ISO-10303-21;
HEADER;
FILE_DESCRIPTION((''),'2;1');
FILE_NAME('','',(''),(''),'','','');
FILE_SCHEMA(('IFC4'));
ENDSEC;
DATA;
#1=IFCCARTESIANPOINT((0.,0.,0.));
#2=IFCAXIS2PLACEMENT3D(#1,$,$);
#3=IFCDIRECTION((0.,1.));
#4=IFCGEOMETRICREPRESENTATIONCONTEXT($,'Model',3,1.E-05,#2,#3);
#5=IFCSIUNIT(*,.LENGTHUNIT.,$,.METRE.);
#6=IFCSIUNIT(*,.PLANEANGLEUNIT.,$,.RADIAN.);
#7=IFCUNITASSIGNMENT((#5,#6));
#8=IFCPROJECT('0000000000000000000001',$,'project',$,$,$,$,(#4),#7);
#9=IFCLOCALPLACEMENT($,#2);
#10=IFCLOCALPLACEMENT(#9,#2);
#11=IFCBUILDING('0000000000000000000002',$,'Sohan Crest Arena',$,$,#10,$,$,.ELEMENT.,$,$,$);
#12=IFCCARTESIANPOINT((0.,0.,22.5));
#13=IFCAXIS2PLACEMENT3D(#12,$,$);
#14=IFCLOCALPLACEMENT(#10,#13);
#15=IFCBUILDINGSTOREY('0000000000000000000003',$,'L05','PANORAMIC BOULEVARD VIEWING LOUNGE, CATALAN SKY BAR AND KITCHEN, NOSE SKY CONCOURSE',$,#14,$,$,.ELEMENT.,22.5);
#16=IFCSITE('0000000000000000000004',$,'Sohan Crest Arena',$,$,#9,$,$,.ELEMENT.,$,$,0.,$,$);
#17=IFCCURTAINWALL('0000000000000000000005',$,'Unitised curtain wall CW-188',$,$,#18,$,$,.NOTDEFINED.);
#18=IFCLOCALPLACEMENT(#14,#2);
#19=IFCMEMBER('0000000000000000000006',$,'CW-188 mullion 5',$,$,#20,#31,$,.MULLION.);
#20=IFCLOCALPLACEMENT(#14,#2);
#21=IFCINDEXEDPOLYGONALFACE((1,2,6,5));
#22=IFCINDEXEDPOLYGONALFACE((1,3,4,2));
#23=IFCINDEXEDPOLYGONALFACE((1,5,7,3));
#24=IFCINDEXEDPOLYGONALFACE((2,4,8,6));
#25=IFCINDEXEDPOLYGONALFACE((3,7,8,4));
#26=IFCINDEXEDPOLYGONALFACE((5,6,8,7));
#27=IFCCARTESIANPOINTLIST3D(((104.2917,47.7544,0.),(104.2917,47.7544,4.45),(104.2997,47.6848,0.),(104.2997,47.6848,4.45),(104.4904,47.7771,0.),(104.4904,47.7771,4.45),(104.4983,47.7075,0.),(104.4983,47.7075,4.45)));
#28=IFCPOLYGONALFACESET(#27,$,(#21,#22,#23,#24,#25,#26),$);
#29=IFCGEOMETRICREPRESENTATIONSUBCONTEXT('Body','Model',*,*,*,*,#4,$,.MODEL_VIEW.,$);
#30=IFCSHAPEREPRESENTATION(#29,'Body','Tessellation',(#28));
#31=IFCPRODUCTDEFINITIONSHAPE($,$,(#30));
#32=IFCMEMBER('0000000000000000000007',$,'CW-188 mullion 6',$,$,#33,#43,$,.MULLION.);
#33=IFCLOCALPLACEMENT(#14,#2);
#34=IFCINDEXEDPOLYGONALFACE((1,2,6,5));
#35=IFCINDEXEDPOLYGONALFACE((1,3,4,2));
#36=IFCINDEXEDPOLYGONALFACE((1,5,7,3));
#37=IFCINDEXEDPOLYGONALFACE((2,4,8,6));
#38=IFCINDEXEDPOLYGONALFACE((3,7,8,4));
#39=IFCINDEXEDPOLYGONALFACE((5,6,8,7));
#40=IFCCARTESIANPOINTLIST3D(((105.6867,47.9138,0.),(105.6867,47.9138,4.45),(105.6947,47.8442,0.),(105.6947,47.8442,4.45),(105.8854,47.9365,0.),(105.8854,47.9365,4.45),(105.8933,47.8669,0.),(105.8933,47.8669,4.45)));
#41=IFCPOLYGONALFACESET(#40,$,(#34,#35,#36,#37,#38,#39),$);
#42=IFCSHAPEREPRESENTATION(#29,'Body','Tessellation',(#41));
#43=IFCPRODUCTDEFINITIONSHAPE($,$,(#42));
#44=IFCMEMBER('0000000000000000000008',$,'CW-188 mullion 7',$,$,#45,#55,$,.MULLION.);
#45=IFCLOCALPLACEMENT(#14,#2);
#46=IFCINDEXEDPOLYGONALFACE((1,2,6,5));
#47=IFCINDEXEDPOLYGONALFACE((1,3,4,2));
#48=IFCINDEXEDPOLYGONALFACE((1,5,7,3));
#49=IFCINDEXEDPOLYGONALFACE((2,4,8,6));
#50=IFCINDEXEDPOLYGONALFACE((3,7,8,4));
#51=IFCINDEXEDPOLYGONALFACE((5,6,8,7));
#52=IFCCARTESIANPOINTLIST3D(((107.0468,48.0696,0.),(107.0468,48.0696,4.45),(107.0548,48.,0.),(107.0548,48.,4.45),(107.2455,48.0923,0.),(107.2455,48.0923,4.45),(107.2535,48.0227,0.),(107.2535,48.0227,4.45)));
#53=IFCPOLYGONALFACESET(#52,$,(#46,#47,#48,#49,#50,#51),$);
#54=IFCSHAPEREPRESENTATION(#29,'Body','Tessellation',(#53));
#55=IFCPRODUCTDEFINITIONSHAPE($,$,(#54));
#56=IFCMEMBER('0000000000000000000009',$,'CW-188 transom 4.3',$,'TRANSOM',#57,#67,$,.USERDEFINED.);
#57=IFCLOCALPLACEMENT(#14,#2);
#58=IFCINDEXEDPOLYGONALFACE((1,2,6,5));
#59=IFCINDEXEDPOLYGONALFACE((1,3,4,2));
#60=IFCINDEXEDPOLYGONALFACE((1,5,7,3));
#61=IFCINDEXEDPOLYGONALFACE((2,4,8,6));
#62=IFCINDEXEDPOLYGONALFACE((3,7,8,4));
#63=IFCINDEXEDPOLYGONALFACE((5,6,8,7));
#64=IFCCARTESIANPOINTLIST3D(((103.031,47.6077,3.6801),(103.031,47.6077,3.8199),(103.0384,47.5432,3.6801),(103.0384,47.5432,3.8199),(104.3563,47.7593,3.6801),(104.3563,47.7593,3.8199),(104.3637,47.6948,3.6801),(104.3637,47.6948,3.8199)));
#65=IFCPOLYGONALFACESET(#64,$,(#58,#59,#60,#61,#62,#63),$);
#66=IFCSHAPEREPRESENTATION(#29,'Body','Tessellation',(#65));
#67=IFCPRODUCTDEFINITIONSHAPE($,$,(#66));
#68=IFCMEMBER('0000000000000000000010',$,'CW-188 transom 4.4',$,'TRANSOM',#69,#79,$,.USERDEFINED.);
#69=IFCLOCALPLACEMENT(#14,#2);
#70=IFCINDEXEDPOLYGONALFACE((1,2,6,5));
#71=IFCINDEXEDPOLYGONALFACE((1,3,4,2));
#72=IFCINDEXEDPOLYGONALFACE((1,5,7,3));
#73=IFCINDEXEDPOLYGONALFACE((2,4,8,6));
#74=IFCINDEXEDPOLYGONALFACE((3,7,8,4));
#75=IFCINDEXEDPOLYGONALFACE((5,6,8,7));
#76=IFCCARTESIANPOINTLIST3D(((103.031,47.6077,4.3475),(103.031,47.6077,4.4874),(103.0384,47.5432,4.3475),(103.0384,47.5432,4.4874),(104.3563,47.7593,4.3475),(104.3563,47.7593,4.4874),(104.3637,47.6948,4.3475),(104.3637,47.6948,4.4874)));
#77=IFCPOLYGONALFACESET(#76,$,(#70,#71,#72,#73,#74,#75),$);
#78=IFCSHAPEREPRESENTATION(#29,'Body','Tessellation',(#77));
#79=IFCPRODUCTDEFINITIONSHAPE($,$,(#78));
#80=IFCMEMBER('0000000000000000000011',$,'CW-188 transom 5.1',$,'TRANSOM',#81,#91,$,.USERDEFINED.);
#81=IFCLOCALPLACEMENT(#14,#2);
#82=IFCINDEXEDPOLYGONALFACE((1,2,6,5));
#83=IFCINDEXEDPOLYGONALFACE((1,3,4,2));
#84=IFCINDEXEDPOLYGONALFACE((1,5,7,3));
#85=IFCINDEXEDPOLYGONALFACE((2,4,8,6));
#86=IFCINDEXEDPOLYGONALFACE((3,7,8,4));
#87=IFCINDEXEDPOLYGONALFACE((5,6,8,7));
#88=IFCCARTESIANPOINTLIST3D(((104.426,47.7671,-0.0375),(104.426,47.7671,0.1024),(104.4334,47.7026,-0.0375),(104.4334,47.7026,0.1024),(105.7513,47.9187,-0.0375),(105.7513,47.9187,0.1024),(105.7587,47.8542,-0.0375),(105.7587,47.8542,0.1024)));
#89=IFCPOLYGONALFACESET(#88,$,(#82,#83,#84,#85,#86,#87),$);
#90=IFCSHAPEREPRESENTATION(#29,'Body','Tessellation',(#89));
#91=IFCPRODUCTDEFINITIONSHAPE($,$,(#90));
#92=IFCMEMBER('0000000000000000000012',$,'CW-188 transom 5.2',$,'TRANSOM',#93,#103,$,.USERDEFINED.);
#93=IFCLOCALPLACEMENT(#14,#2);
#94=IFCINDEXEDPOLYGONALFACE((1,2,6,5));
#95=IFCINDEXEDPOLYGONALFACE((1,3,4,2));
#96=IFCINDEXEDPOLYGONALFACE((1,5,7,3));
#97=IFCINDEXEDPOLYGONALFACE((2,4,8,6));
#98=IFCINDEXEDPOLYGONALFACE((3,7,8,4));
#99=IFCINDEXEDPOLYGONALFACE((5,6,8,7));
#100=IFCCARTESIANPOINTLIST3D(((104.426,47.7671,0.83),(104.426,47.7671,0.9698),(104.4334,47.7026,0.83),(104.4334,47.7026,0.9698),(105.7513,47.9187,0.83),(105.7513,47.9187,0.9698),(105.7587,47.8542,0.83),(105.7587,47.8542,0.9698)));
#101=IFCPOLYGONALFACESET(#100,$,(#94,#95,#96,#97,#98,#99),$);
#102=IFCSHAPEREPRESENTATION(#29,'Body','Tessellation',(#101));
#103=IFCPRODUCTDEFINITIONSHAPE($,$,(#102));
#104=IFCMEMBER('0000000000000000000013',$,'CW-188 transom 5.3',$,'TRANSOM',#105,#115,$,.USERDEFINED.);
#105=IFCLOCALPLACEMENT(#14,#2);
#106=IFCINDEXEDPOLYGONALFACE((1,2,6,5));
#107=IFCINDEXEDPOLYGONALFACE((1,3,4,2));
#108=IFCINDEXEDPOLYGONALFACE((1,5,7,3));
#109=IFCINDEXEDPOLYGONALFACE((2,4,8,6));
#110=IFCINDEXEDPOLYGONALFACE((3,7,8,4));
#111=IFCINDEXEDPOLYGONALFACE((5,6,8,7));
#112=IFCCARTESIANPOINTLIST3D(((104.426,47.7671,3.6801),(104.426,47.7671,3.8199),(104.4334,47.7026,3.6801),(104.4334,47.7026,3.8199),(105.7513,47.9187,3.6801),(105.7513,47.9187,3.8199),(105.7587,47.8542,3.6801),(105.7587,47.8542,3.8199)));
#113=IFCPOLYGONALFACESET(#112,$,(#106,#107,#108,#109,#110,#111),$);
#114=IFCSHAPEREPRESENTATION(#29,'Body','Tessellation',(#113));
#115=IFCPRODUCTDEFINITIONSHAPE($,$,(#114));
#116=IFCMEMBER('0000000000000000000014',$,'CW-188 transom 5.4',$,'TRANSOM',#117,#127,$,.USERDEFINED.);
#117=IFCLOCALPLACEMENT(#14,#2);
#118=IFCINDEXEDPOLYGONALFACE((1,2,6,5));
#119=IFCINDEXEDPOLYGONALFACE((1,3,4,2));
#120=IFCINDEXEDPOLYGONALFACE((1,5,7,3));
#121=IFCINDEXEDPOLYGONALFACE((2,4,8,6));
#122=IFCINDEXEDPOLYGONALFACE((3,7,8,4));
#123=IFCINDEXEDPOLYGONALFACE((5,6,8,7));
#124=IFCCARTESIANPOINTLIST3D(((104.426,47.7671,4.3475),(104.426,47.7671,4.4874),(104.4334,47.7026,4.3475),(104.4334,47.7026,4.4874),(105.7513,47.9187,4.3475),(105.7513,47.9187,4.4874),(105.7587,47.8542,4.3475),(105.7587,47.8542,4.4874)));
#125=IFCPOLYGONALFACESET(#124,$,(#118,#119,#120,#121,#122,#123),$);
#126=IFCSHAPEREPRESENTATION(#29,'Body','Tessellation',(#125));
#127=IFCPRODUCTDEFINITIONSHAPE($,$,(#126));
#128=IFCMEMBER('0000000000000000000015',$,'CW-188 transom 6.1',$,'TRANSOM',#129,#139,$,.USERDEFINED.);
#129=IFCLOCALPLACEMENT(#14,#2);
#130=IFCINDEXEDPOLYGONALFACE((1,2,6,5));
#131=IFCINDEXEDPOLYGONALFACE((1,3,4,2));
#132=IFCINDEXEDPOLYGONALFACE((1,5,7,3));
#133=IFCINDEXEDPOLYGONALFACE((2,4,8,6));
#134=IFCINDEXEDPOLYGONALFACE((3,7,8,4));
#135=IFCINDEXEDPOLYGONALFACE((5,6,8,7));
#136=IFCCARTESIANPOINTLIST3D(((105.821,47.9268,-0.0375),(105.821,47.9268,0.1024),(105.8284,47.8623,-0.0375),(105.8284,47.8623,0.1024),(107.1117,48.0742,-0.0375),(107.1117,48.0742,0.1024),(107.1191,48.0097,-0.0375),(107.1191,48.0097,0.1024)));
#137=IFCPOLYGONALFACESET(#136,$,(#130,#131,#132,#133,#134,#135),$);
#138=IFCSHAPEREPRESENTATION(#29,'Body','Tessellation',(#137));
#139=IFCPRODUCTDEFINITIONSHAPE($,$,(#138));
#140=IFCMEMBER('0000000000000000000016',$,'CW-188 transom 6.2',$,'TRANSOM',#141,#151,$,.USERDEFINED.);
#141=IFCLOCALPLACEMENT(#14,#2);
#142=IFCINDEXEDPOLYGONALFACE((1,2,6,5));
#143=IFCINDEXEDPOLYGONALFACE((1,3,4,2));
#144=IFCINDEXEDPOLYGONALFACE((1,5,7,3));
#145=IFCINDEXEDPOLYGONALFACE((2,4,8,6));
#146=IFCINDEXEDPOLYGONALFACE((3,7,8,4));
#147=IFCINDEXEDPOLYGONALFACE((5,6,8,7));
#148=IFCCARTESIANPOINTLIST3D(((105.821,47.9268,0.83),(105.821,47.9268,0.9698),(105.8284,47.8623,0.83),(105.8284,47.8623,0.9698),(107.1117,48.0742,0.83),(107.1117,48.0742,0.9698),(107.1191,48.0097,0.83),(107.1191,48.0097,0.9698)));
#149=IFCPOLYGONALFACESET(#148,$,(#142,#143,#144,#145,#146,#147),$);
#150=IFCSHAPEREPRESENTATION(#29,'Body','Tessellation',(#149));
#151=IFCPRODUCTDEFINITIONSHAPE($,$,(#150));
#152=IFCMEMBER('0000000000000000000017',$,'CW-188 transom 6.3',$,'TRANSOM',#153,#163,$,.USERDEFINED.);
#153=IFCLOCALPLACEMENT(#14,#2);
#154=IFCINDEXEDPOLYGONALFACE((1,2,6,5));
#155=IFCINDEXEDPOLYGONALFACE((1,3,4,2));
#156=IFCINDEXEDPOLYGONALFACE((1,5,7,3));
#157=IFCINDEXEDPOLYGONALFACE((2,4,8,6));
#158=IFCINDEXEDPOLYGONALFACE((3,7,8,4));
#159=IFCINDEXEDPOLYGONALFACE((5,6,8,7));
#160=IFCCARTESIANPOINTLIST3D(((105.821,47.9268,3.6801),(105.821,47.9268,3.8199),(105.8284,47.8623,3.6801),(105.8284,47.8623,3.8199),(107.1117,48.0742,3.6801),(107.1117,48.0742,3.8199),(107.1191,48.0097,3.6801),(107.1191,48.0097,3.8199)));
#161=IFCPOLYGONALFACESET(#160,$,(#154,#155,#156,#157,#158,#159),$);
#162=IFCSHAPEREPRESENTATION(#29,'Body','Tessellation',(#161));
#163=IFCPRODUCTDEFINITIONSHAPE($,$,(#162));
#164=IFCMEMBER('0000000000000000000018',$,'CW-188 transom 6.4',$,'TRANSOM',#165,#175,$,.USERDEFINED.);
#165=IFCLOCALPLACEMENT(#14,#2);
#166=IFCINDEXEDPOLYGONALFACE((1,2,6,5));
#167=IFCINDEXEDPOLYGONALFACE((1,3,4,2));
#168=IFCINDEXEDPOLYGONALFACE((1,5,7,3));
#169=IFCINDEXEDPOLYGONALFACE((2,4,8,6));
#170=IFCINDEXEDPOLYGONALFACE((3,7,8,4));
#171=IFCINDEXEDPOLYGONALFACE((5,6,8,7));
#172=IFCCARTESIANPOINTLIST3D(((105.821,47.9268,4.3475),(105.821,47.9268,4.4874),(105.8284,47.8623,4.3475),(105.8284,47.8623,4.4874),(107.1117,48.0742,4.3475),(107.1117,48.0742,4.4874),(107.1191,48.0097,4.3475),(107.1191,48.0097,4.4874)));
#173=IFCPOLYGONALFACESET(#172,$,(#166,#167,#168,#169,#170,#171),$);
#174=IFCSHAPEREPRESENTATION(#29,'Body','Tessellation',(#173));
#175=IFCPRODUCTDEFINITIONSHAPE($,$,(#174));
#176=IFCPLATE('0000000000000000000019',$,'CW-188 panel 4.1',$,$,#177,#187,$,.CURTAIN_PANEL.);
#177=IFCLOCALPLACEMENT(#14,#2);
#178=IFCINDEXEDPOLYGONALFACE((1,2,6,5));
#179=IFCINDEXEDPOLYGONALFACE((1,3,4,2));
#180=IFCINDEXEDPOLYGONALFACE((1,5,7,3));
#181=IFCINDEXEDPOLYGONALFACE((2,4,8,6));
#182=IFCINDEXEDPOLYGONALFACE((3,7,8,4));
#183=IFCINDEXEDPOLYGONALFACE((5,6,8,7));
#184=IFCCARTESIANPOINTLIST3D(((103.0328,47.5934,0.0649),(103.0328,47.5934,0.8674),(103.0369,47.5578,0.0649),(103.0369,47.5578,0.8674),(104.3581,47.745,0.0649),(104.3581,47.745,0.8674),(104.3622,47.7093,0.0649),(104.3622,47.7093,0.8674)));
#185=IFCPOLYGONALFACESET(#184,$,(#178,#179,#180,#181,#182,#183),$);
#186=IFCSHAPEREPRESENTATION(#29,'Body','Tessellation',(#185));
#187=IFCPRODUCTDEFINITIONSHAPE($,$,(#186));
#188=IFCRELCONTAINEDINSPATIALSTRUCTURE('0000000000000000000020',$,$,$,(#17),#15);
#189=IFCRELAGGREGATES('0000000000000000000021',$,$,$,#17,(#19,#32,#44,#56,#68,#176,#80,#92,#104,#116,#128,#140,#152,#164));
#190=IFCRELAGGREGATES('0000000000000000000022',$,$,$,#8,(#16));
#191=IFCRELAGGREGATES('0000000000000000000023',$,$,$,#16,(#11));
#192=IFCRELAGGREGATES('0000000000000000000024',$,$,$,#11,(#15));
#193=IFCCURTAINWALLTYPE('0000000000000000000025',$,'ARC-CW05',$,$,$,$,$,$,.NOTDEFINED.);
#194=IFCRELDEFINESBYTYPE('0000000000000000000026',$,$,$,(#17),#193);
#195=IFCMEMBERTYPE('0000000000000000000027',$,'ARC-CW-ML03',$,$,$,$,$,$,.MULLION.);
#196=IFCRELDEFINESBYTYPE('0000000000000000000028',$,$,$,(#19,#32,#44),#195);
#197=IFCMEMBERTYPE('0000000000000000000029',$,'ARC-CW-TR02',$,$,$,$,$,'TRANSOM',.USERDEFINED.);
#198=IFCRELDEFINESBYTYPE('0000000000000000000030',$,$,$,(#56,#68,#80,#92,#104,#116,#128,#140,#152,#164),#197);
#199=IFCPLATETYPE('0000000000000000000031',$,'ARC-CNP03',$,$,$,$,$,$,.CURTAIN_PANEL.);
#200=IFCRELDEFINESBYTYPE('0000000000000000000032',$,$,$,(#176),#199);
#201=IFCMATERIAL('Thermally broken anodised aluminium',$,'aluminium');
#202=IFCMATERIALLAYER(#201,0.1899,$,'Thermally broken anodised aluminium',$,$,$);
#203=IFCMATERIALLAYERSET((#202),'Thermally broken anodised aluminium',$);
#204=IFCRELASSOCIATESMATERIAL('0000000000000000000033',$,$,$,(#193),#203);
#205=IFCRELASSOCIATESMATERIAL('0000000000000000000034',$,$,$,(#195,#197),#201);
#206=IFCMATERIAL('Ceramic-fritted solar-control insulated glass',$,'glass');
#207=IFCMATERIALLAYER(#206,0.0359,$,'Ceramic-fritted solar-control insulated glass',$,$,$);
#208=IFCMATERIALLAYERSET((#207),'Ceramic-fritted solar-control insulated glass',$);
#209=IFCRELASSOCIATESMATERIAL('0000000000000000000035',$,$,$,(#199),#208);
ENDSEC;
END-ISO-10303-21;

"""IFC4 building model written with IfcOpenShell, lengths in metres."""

from ifc_helpers import new_model, si_unit, direction, frame, origin, origin_2d, place, context, subcontext, project, spatial, rectangle, extrude, material, layer, layer_set, material_profile, profile_set, type_object, element, aggregate, save


model = new_model("IFC4")

# Units and contexts
model_context = context("Model", 3, precision=1e-05, world=origin(), true_north=direction((0.0, 1.0)))
body_context = subcontext(model_context, "Body", "Model", "MODEL_VIEW")
ifc_project = project(units=[si_unit("LENGTHUNIT", "METRE"), si_unit("PLANEANGLEUNIT", "RADIAN")], contexts=[model_context])

# Site, building, storey
site_placement = place(None, origin())
site = spatial("IfcSite", under=ifc_project, at=site_placement, Name="Sohan Crest Arena", CompositionType="ELEMENT", RefElevation=0.0)
building_placement = place(site_placement, origin())
building = spatial("IfcBuilding", under=site, at=building_placement, Name="Sohan Crest Arena", CompositionType="ELEMENT")
storey_placement = place(building_placement, frame((0.0, 0.0, 22.5)))
storey = spatial("IfcBuildingStorey", under=building, at=storey_placement, Name="L05", Description="PANORAMIC BOULEVARD VIEWING LOUNGE, CATALAN SKY BAR AND KITCHEN, NOSE SKY CONCOURSE", CompositionType="ELEMENT", Elevation=22.5)

# Curtain wall, members, plate
ifc_material_1 = material(Name="Thermally broken anodised aluminium", Category="aluminium")
ifc_layer_1 = layer(ifc_material_1, 0.1899, Name="Thermally broken anodised aluminium")
ifc_layer_set_1 = layer_set([ifc_layer_1], Name="Thermally broken anodised aluminium")
curtain_wall_type = type_object("IfcCurtainWallType", Name="ARC-CW05", PredefinedType="NOTDEFINED", material=ifc_layer_set_1)
curtain_wall_placement = place(storey_placement, origin())
curtain_wall = element("IfcCurtainWall", 1, at=curtain_wall_placement, inside=storey, type_object=curtain_wall_type, Name="Unitised curtain wall CW-188", PredefinedType="NOTDEFINED")
ifc_material_profile_1 = material_profile(ifc_material_1, rectangle(XDim=0.0701, YDim=0.2, at=origin_2d()), Name="ALU-MULL 70x200")
ifc_profile_set_1 = profile_set([ifc_material_profile_1], Name="Thermally broken anodised aluminium")
member_type_1 = type_object("IfcMemberType", Name="ARC-CW-ML03", PredefinedType="MULLION", material=ifc_profile_set_1)
member_1_placement = place(storey_placement, frame((104.395, 47.731, 0.0), z_axis=(0.0, 0.0, 1.0), x_axis=(-0.113597, 0.993527, 0.0)))
member_1 = element("IfcMember", 2, at=member_1_placement, type_object=member_type_1, Name="CW-188 mullion 5", PredefinedType="MULLION", context=body_context, shape_type="SweptSolid", body=[
    extrude(rectangle(XDim=0.0701, YDim=0.2, at=origin_2d()), origin(), (0.0, 0.0, 1.0), 4.45),
])
member_2_placement = place(storey_placement, frame((105.79, 47.8904, 0.0), z_axis=(0.0, 0.0, 1.0), x_axis=(-0.113597, 0.993527, 0.0)))
member_2 = element("IfcMember", 3, at=member_2_placement, type_object=member_type_1, Name="CW-188 mullion 6", PredefinedType="MULLION", context=body_context, shape_type="SweptSolid", body=[
    extrude(rectangle(XDim=0.0701, YDim=0.2, at=origin_2d()), origin(), (0.0, 0.0, 1.0), 4.45),
])
member_3_placement = place(storey_placement, frame((107.1501, 48.0461, 0.0), z_axis=(0.0, 0.0, 1.0), x_axis=(-0.113597, 0.993527, 0.0)))
member_3 = element("IfcMember", 4, at=member_3_placement, type_object=member_type_1, Name="CW-188 mullion 7", PredefinedType="MULLION", context=body_context, shape_type="SweptSolid", body=[
    extrude(rectangle(XDim=0.0701, YDim=0.2, at=origin_2d()), origin(), (0.0, 0.0, 1.0), 4.45),
])
ifc_material_profile_2 = material_profile(ifc_material_1, rectangle(XDim=0.0649, YDim=0.1399, at=origin_2d()), Name="ALU-TRAN 65x140")
ifc_profile_set_2 = profile_set([ifc_material_profile_2], Name="Thermally broken anodised aluminium")
member_type_2 = type_object("IfcMemberType", Name="ARC-CW-TR02", ElementType="TRANSOM", PredefinedType="USERDEFINED", material=ifc_profile_set_2)
member_4_placement = place(storey_placement, frame((103.0347, 47.5754, 3.75), z_axis=(0.993521, 0.113645, 0.0), x_axis=(-0.113645, 0.993521, 0.0)))
member_4 = element("IfcMember", 5, at=member_4_placement, type_object=member_type_2, Name="CW-188 transom 4.3", ObjectType="TRANSOM", PredefinedType="USERDEFINED", context=body_context, shape_type="SweptSolid", body=[
    extrude(rectangle(XDim=0.0649, YDim=0.1399, at=origin_2d()), origin(), (0.0, 0.0, 1.0), 1.334),
])
member_5_placement = place(storey_placement, frame((103.0347, 47.5754, 4.4175), z_axis=(0.993521, 0.113645, 0.0), x_axis=(-0.113645, 0.993521, 0.0)))
member_5 = element("IfcMember", 6, at=member_5_placement, type_object=member_type_2, Name="CW-188 transom 4.4", ObjectType="TRANSOM", PredefinedType="USERDEFINED", context=body_context, shape_type="SweptSolid", body=[
    extrude(rectangle(XDim=0.0649, YDim=0.1399, at=origin_2d()), origin(), (0.0, 0.0, 1.0), 1.334),
])
member_6_placement = place(storey_placement, frame((104.4297, 47.7349, 0.0325), z_axis=(0.993521, 0.113645, 0.0), x_axis=(-0.113645, 0.993521, 0.0)))
member_6 = element("IfcMember", 7, at=member_6_placement, type_object=member_type_2, Name="CW-188 transom 5.1", ObjectType="TRANSOM", PredefinedType="USERDEFINED", context=body_context, shape_type="SweptSolid", body=[
    extrude(rectangle(XDim=0.0649, YDim=0.1399, at=origin_2d()), origin(), (0.0, 0.0, 1.0), 1.334),
])
member_7_placement = place(storey_placement, frame((104.4297, 47.7349, 0.8999), z_axis=(0.993521, 0.113645, 0.0), x_axis=(-0.113645, 0.993521, 0.0)))
member_7 = element("IfcMember", 8, at=member_7_placement, type_object=member_type_2, Name="CW-188 transom 5.2", ObjectType="TRANSOM", PredefinedType="USERDEFINED", context=body_context, shape_type="SweptSolid", body=[
    extrude(rectangle(XDim=0.0649, YDim=0.1399, at=origin_2d()), origin(), (0.0, 0.0, 1.0), 1.334),
])
member_8_placement = place(storey_placement, frame((104.4297, 47.7349, 3.75), z_axis=(0.993521, 0.113645, 0.0), x_axis=(-0.113645, 0.993521, 0.0)))
member_8 = element("IfcMember", 9, at=member_8_placement, type_object=member_type_2, Name="CW-188 transom 5.3", ObjectType="TRANSOM", PredefinedType="USERDEFINED", context=body_context, shape_type="SweptSolid", body=[
    extrude(rectangle(XDim=0.0649, YDim=0.1399, at=origin_2d()), origin(), (0.0, 0.0, 1.0), 1.334),
])
member_9_placement = place(storey_placement, frame((104.4297, 47.7349, 4.4175), z_axis=(0.993521, 0.113645, 0.0), x_axis=(-0.113645, 0.993521, 0.0)))
member_9 = element("IfcMember", 10, at=member_9_placement, type_object=member_type_2, Name="CW-188 transom 5.4", ObjectType="TRANSOM", PredefinedType="USERDEFINED", context=body_context, shape_type="SweptSolid", body=[
    extrude(rectangle(XDim=0.0649, YDim=0.1399, at=origin_2d()), origin(), (0.0, 0.0, 1.0), 1.334),
])
member_10_placement = place(storey_placement, frame((105.8247, 47.8945, 0.0325), z_axis=(0.993538, 0.113504, 0.0), x_axis=(-0.113504, 0.993538, 0.0)))
member_10 = element("IfcMember", 11, at=member_10_placement, type_object=member_type_2, Name="CW-188 transom 6.1", ObjectType="TRANSOM", PredefinedType="USERDEFINED", context=body_context, shape_type="SweptSolid", body=[
    extrude(rectangle(XDim=0.0649, YDim=0.1399, at=origin_2d()), origin(), (0.0, 0.0, 1.0), 1.2991),
])
member_11_placement = place(storey_placement, frame((105.8247, 47.8945, 0.8999), z_axis=(0.993538, 0.113504, 0.0), x_axis=(-0.113504, 0.993538, 0.0)))
member_11 = element("IfcMember", 12, at=member_11_placement, type_object=member_type_2, Name="CW-188 transom 6.2", ObjectType="TRANSOM", PredefinedType="USERDEFINED", context=body_context, shape_type="SweptSolid", body=[
    extrude(rectangle(XDim=0.0649, YDim=0.1399, at=origin_2d()), origin(), (0.0, 0.0, 1.0), 1.2991),
])
member_12_placement = place(storey_placement, frame((105.8247, 47.8945, 3.75), z_axis=(0.993538, 0.113504, 0.0), x_axis=(-0.113504, 0.993538, 0.0)))
member_12 = element("IfcMember", 13, at=member_12_placement, type_object=member_type_2, Name="CW-188 transom 6.3", ObjectType="TRANSOM", PredefinedType="USERDEFINED", context=body_context, shape_type="SweptSolid", body=[
    extrude(rectangle(XDim=0.0649, YDim=0.1399, at=origin_2d()), origin(), (0.0, 0.0, 1.0), 1.2991),
])
member_13_placement = place(storey_placement, frame((105.8247, 47.8945, 4.4175), z_axis=(0.993538, 0.113504, 0.0), x_axis=(-0.113504, 0.993538, 0.0)))
member_13 = element("IfcMember", 14, at=member_13_placement, type_object=member_type_2, Name="CW-188 transom 6.4", ObjectType="TRANSOM", PredefinedType="USERDEFINED", context=body_context, shape_type="SweptSolid", body=[
    extrude(rectangle(XDim=0.0649, YDim=0.1399, at=origin_2d()), origin(), (0.0, 0.0, 1.0), 1.2991),
])
ifc_material_2 = material(Name="Ceramic-fritted solar-control insulated glass", Category="glass")
ifc_layer_2 = layer(ifc_material_2, 0.0359, Name="Ceramic-fritted solar-control insulated glass")
ifc_layer_set_2 = layer_set([ifc_layer_2], Name="Ceramic-fritted solar-control insulated glass")
plate_type = type_object("IfcPlateType", Name="ARC-CNP03", PredefinedType="CURTAIN_PANEL", material=ifc_layer_set_2)
plate_1_placement = place(storey_placement, frame((103.6975, 47.6514, 0.0649), z_axis=(0.0, 0.0, 1.0), x_axis=(0.993527, 0.113597, 0.0)))
plate_1 = element("IfcPlate", 15, at=plate_1_placement, type_object=plate_type, Name="CW-188 panel 4.1", PredefinedType="CURTAIN_PANEL", context=body_context, shape_type="SweptSolid", body=[
    extrude(rectangle(XDim=1.334, YDim=0.0359, at=origin_2d()), origin(), (0.0, 0.0, 1.0), 0.8025),
])
aggregate(curtain_wall, [member_1, member_2, member_3, member_4, member_5, plate_1, member_6, member_7, member_8, member_9, member_10, member_11, member_12, member_13])

save(model, "model.ifc")
